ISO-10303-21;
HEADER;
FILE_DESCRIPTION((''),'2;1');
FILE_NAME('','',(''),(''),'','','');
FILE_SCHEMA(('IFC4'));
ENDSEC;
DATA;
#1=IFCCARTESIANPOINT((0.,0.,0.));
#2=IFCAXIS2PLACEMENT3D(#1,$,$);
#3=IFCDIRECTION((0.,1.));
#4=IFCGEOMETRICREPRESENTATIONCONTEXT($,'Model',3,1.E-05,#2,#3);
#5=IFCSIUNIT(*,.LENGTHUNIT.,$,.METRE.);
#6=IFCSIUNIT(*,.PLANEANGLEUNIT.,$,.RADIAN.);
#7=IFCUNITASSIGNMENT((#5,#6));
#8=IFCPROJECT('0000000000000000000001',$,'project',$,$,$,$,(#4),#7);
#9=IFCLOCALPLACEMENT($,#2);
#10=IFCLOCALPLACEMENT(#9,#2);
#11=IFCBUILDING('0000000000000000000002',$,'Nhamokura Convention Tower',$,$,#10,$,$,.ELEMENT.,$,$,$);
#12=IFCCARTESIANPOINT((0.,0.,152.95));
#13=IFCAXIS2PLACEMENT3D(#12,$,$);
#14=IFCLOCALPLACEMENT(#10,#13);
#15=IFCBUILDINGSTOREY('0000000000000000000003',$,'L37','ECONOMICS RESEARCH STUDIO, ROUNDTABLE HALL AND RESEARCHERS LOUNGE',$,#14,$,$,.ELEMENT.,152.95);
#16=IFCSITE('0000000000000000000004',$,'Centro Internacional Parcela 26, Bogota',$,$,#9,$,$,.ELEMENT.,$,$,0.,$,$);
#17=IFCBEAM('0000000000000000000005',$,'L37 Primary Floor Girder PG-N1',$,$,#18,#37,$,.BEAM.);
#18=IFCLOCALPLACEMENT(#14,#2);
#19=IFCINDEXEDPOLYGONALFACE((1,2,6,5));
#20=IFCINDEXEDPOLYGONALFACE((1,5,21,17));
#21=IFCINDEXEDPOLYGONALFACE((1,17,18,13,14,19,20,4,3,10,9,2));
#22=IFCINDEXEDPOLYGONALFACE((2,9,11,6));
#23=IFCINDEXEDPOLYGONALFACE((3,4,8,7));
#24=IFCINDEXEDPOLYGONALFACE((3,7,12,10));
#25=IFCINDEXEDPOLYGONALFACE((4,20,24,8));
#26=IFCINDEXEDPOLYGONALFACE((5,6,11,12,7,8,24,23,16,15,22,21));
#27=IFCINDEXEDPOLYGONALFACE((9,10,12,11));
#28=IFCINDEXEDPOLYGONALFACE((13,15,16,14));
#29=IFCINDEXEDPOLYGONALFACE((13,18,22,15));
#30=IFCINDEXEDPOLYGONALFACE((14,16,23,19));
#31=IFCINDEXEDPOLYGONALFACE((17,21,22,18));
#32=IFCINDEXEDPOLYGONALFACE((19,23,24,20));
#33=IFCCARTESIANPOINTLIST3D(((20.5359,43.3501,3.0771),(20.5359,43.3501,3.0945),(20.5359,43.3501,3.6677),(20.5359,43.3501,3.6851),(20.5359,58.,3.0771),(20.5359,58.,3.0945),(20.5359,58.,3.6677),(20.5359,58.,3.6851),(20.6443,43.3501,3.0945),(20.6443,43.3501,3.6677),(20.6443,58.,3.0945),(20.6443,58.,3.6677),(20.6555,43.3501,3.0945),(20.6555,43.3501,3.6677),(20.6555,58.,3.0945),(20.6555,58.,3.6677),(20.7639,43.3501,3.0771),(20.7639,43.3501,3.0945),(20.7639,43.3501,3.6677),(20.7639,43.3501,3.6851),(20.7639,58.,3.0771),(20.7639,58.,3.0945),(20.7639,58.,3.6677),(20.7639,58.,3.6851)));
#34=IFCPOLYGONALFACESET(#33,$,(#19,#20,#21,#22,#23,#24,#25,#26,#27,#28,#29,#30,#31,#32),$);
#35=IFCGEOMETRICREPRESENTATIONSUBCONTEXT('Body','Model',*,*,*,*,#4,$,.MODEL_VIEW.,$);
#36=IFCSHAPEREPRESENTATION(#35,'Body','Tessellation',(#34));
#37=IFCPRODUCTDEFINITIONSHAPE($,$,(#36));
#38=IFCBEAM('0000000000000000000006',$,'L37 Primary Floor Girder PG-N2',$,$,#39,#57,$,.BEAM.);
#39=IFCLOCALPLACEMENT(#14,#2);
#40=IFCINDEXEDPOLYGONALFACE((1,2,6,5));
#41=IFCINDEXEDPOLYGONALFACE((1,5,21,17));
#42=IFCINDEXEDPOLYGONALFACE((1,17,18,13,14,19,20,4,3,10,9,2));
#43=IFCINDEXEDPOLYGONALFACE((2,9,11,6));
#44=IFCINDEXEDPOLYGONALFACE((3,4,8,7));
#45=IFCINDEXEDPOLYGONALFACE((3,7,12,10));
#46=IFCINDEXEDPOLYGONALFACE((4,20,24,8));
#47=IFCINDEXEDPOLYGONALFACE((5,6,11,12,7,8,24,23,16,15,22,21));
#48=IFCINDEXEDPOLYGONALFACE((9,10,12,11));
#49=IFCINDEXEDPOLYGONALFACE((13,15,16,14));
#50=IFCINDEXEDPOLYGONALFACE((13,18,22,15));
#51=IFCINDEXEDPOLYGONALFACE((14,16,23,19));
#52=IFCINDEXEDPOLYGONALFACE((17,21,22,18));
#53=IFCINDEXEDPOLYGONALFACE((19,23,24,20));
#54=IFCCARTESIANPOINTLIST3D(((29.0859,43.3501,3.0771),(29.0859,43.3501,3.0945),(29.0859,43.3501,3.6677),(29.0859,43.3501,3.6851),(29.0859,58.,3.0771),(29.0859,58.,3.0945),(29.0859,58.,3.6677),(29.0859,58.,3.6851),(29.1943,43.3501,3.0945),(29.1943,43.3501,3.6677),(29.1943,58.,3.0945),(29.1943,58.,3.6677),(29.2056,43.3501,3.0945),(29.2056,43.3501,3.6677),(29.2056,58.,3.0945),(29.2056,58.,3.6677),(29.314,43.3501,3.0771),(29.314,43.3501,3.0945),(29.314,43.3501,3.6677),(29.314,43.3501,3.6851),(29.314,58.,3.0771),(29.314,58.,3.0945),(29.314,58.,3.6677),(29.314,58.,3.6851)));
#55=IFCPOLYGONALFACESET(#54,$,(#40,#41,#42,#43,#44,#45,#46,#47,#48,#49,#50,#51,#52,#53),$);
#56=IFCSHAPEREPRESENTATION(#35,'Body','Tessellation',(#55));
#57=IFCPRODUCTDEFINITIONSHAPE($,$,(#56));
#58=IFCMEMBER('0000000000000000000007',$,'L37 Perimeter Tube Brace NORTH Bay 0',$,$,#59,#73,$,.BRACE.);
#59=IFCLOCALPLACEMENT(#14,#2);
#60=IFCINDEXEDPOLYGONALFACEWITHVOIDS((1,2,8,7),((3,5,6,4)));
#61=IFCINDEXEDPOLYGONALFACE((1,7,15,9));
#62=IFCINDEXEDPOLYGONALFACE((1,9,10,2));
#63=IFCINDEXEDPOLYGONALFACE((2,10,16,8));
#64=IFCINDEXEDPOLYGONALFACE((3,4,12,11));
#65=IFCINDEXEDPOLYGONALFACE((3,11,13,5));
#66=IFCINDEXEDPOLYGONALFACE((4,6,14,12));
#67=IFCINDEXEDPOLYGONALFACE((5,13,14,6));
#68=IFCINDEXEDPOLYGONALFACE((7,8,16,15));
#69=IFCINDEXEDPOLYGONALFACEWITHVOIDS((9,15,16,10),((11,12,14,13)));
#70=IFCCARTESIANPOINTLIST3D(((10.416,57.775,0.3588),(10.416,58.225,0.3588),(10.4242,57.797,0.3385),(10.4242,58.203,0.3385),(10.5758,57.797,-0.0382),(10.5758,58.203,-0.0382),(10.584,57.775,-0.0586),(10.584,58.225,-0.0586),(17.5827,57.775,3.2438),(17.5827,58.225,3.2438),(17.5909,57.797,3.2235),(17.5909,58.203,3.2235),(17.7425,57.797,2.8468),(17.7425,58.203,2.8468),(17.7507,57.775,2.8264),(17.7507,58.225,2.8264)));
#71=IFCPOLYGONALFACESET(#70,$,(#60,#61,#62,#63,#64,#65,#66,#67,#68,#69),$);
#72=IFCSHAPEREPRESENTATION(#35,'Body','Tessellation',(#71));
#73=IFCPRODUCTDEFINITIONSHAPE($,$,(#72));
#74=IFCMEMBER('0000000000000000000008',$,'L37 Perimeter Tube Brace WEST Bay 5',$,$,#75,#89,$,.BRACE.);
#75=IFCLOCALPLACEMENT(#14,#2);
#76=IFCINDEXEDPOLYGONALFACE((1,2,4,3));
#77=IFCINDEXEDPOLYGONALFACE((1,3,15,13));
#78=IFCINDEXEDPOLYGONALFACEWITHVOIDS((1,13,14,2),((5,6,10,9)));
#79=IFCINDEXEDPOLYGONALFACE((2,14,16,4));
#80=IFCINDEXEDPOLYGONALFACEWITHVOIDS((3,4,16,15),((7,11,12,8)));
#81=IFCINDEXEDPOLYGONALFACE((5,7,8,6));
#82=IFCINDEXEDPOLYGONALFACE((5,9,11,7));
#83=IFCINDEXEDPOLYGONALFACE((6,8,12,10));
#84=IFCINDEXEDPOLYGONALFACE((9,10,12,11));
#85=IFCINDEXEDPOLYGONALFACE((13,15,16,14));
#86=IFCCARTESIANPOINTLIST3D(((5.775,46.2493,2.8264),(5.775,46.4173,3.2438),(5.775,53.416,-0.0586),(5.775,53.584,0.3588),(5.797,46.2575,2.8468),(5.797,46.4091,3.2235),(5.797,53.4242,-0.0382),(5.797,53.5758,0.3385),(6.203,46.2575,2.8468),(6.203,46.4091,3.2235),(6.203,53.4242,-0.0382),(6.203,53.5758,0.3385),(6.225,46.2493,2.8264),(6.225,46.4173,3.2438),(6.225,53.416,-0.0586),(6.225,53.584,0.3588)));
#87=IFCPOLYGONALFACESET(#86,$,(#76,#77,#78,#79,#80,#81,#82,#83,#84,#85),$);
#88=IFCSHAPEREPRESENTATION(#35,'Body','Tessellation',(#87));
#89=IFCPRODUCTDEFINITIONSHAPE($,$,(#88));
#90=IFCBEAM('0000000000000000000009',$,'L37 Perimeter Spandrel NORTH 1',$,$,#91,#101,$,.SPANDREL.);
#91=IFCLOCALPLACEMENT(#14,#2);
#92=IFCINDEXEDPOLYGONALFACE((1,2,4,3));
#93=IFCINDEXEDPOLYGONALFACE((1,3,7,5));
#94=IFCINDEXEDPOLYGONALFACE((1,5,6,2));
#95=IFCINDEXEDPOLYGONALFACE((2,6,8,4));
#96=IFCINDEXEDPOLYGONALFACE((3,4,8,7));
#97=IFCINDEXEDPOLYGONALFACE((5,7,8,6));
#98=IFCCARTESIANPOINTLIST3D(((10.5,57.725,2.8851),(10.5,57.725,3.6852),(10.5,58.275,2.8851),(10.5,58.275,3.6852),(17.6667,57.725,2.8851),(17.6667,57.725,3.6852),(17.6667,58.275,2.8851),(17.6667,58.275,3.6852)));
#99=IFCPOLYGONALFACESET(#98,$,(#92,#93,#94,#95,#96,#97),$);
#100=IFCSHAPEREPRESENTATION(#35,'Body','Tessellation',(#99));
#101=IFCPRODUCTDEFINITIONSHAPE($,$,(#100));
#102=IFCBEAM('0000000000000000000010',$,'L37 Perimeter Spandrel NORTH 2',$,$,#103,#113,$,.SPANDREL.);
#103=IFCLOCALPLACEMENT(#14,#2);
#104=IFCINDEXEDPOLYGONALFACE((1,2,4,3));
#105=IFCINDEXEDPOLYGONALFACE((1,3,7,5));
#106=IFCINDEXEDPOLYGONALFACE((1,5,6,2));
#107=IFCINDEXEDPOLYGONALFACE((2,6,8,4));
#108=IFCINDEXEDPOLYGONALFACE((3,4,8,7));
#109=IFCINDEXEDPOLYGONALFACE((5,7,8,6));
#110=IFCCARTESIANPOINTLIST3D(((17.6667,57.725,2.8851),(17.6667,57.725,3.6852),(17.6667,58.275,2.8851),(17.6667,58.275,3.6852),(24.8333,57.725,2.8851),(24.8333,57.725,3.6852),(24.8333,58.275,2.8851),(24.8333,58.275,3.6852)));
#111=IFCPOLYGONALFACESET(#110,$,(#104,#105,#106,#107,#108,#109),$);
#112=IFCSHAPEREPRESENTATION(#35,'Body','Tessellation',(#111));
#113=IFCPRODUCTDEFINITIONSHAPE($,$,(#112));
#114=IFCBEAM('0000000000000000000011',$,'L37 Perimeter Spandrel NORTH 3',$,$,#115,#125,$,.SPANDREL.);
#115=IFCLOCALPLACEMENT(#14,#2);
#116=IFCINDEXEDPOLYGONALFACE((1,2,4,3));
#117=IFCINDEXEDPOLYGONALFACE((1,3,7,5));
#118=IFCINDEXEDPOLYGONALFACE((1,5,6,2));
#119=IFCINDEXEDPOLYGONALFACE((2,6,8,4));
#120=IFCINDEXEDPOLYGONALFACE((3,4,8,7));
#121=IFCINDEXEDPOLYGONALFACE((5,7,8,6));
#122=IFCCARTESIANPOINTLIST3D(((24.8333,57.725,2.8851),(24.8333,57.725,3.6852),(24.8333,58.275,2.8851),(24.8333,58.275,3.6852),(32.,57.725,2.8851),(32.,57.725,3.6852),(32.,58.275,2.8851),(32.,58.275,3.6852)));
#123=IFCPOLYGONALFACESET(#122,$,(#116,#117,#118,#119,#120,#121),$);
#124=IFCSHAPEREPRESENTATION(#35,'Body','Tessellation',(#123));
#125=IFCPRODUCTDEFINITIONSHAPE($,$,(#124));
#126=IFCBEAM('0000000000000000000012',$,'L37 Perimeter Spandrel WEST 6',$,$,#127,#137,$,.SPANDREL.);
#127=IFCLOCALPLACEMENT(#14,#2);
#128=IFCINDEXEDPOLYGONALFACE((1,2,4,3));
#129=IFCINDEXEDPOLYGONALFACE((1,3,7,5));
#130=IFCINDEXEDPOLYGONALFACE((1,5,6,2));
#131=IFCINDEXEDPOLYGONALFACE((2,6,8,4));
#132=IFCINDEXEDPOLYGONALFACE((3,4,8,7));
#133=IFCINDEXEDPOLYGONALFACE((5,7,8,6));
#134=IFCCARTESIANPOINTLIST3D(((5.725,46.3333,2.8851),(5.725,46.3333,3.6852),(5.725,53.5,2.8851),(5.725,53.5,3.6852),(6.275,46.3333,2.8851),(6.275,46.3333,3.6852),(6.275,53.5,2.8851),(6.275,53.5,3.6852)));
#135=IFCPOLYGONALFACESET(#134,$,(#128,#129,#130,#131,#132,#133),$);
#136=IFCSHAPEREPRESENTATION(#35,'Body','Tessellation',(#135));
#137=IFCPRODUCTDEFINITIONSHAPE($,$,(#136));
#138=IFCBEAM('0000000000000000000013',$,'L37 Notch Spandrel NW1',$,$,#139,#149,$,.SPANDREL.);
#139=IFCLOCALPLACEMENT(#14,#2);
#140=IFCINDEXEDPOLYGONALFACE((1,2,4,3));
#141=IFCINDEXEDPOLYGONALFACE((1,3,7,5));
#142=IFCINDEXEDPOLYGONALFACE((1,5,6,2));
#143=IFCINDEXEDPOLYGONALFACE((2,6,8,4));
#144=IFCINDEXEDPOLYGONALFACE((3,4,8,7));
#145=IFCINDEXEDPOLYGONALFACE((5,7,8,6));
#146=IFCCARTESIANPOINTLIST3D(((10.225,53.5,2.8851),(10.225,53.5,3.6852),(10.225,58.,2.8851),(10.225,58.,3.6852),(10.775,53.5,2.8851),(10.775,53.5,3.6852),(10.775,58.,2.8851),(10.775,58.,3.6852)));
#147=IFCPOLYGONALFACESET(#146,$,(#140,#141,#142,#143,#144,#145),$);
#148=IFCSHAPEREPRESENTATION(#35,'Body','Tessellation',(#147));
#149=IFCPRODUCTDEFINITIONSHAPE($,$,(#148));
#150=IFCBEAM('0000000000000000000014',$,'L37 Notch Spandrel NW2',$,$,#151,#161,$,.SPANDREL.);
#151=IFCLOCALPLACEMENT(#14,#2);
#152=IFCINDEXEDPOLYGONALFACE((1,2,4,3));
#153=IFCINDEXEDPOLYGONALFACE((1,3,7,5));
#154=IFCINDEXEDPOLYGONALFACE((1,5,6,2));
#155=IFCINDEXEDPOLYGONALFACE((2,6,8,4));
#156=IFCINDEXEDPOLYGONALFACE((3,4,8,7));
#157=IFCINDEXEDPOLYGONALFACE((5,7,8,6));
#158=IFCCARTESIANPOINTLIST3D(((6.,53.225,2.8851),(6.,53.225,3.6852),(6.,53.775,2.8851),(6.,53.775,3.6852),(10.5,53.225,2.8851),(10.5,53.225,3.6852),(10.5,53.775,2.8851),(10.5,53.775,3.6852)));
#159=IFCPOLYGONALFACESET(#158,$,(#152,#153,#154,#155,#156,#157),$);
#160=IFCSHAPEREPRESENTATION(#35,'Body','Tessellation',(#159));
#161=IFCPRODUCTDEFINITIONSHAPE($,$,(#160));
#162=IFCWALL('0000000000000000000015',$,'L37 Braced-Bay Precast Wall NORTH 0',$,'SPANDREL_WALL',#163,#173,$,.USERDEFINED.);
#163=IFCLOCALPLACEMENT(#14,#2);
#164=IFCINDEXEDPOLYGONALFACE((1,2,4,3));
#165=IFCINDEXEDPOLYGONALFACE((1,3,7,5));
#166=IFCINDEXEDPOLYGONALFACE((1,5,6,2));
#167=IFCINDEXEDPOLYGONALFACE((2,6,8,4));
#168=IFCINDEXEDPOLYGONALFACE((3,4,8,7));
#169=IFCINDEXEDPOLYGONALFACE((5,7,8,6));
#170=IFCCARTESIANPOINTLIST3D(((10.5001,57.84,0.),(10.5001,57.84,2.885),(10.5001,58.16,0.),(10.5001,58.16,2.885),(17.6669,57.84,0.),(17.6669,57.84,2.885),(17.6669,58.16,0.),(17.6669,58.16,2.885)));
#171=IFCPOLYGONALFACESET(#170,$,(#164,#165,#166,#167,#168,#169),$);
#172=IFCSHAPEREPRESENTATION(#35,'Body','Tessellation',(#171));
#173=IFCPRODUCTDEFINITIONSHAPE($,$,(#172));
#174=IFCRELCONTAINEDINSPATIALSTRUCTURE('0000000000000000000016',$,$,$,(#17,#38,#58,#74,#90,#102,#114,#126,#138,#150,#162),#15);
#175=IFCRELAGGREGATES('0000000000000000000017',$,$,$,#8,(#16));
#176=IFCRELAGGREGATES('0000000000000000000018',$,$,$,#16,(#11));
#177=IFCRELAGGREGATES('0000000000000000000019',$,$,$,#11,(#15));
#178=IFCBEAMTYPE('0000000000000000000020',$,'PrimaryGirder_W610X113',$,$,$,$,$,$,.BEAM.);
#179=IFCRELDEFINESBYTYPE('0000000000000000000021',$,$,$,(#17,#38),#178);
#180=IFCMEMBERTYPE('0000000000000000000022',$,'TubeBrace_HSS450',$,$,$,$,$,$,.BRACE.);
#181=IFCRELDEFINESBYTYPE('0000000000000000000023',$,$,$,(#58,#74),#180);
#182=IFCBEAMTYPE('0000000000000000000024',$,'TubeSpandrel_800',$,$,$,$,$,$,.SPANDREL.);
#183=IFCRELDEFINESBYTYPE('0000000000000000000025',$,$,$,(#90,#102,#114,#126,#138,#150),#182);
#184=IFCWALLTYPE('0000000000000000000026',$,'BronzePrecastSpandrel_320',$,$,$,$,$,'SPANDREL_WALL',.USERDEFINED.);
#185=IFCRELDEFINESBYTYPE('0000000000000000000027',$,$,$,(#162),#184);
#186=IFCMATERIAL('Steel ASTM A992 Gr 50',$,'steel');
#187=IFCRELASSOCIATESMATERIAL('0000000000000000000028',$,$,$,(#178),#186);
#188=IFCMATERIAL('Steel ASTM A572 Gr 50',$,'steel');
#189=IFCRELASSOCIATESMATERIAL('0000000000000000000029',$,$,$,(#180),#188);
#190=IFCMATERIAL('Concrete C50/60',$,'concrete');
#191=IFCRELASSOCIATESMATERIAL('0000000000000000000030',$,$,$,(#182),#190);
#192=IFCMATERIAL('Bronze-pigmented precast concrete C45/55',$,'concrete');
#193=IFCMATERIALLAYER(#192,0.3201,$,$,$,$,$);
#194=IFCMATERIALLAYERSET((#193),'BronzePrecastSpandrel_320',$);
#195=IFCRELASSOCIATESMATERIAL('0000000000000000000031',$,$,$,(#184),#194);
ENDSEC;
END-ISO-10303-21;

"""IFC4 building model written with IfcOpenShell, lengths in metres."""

from ifc_helpers import new_model, si_unit, direction, frame, frame_2d, origin, origin_2d, place, context, subcontext, project, spatial, rectangle, hollow_rectangle, i_section, extrude, material, layer, layer_set, material_profile, profile_set, type_object, element, save


model = new_model("IFC4")

# Units and contexts
model_context = context("Model", 3, precision=1e-05, world=origin(), true_north=direction((0.0, 1.0)))
body_context = subcontext(model_context, "Body", "Model", "MODEL_VIEW")
ifc_project = project(units=[si_unit("LENGTHUNIT", "METRE"), si_unit("PLANEANGLEUNIT", "RADIAN")], contexts=[model_context])

# Site, building, storey
site_placement = place(None, origin())
site = spatial("IfcSite", under=ifc_project, at=site_placement, Name="Centro Internacional Parcela 26, Bogota", CompositionType="ELEMENT", RefElevation=0.0)
building_placement = place(site_placement, origin())
building = spatial("IfcBuilding", under=site, at=building_placement, Name="Nhamokura Convention Tower", CompositionType="ELEMENT")
storey_placement = place(building_placement, frame((0.0, 0.0, 152.95)))
storey = spatial("IfcBuildingStorey", under=building, at=storey_placement, Name="L37", Description="ECONOMICS RESEARCH STUDIO, ROUNDTABLE HALL AND RESEARCHERS LOUNGE", CompositionType="ELEMENT", Elevation=152.95)

# Beams
ifc_material_1 = material(Name="Steel ASTM A992 Gr 50", Category="steel")
ifc_material_profile_1 = material_profile(ifc_material_1, i_section(OverallWidth=0.228, OverallDepth=0.6079, WebThickness=0.0112, FlangeThickness=0.0173, at=origin_2d()))
ifc_profile_set_1 = profile_set([ifc_material_profile_1], Name="Steel ASTM A992 Gr 50")
beam_type_1 = type_object("IfcBeamType", Name="PrimaryGirder_W610X113", PredefinedType="BEAM", material=ifc_profile_set_1)
for number, where, z_axis, x_axis, name in (
    (1, (20.6499, 43.3501, 3.3811), (0.0, 1.0, 0.0), (-1.0, 0.0, 0.0), "L37 Primary Floor Girder PG-N1"),
    (2, (29.2, 43.3501, 3.3811), (0.0, 1.0, 0.0), (-1.0, 0.0, 0.0), "L37 Primary Floor Girder PG-N2"),
):
    element("IfcBeam", number, at=place(storey_placement, frame(where, z_axis=z_axis, x_axis=x_axis)), inside=storey, type_object=beam_type_1, Name=name, PredefinedType="BEAM", context=body_context, shape_type="SweptSolid", body=[
        extrude(i_section(OverallWidth=0.228, OverallDepth=0.6079, WebThickness=0.0112, FlangeThickness=0.0173, at=origin_2d()), origin(), (0.0, 0.0, 1.0), 14.6499),
    ])

# Members
ifc_material_2 = material(Name="Steel ASTM A572 Gr 50", Category="steel")
ifc_material_profile_2 = material_profile(ifc_material_2, hollow_rectangle(XDim=0.45, YDim=0.45, WallThickness=0.022, at=origin_2d()))
ifc_profile_set_2 = profile_set([ifc_material_profile_2], Name="Steel ASTM A572 Gr 50")
member_type_1 = type_object("IfcMemberType", Name="TubeBrace_HSS450", PredefinedType="BRACE", material=ifc_profile_set_2)
for number, where, z_axis, x_axis, name in (
    (3, (10.5, 58.0, 0.1501), (0.927657, 0.0, 0.373433), (0.0, 1.0, 0.0), "L37 Perimeter Tube Brace NORTH Bay 0"),
    (4, (6.0, 53.5, 0.1501), (0.0, -0.927657, 0.373433), (1.0, 0.0, 0.0), "L37 Perimeter Tube Brace WEST Bay 5"),
):
    element("IfcMember", number, at=place(storey_placement, frame(where, z_axis=z_axis, x_axis=x_axis)), inside=storey, type_object=member_type_1, Name=name, PredefinedType="BRACE", context=body_context, shape_type="SweptSolid", body=[
        extrude(hollow_rectangle(XDim=0.45, YDim=0.45, WallThickness=0.022, at=origin_2d()), origin(), (0.0, 0.0, 1.0), 7.7256),
    ])

# Beams
ifc_material_3 = material(Name="Concrete C50/60", Category="concrete")
ifc_material_profile_3 = material_profile(ifc_material_3, rectangle(XDim=0.55, YDim=0.8, at=origin_2d()))
ifc_profile_set_3 = profile_set([ifc_material_profile_3], Name="Concrete C50/60")
beam_type_2 = type_object("IfcBeamType", Name="TubeSpandrel_800", PredefinedType="SPANDREL", material=ifc_profile_set_3)
beam_1_placement = place(storey_placement, frame((10.5, 58.0, 3.2852), z_axis=(1.0, 0.0, 0.0), x_axis=(0.0, 1.0, 0.0)))
element("IfcBeam", 5, at=beam_1_placement, inside=storey, type_object=beam_type_2, Name="L37 Perimeter Spandrel NORTH 1", PredefinedType="SPANDREL", context=body_context, shape_type="SweptSolid", body=[
    extrude(rectangle(XDim=0.55, YDim=0.8, at=origin_2d()), origin(), (0.0, 0.0, 1.0), 7.1667),
])
beam_2_placement = place(storey_placement, frame((17.6667, 58.0, 3.2852), z_axis=(1.0, 0.0, 0.0), x_axis=(0.0, 1.0, 0.0)))
element("IfcBeam", 6, at=beam_2_placement, inside=storey, type_object=beam_type_2, Name="L37 Perimeter Spandrel NORTH 2", PredefinedType="SPANDREL", context=body_context, shape_type="SweptSolid", body=[
    extrude(rectangle(XDim=0.55, YDim=0.8, at=origin_2d()), origin(), (0.0, 0.0, 1.0), 7.1665),
])
for number, where, z_axis, x_axis, name in (
    (7, (24.8333, 58.0, 3.2852), (1.0, 0.0, 0.0), (0.0, 1.0, 0.0), "L37 Perimeter Spandrel NORTH 3"),
    (8, (6.0, 46.3333, 3.2852), (0.0, 1.0, 0.0), (-1.0, 0.0, 0.0), "L37 Perimeter Spandrel WEST 6"),
):
    element("IfcBeam", number, at=place(storey_placement, frame(where, z_axis=z_axis, x_axis=x_axis)), inside=storey, type_object=beam_type_2, Name=name, PredefinedType="SPANDREL", context=body_context, shape_type="SweptSolid", body=[
        extrude(rectangle(XDim=0.55, YDim=0.8, at=origin_2d()), origin(), (0.0, 0.0, 1.0), 7.1667),
    ])
for number, where, z_axis, x_axis, name in (
    (9, (10.5, 58.0, 3.2852), (0.0, -1.0, 0.0), (1.0, 0.0, 0.0), "L37 Notch Spandrel NW1"),
    (10, (10.5, 53.5, 3.2852), (-1.0, 0.0, 0.0), (0.0, -1.0, 0.0), "L37 Notch Spandrel NW2"),
):
    element("IfcBeam", number, at=place(storey_placement, frame(where, z_axis=z_axis, x_axis=x_axis)), inside=storey, type_object=beam_type_2, Name=name, PredefinedType="SPANDREL", context=body_context, shape_type="SweptSolid", body=[
        extrude(rectangle(XDim=0.55, YDim=0.8, at=origin_2d()), origin(), (0.0, 0.0, 1.0), 4.5),
    ])

# Wall
ifc_material_4 = material(Name="Bronze-pigmented precast concrete C45/55", Category="concrete")
ifc_layer_1 = layer(ifc_material_4, 0.3201)
ifc_layer_set_1 = layer_set([ifc_layer_1], Name="BronzePrecastSpandrel_320")
wall_type_1 = type_object("IfcWallType", Name="BronzePrecastSpandrel_320", ElementType="SPANDREL_WALL", PredefinedType="USERDEFINED", material=ifc_layer_set_1)
wall_1_placement = place(storey_placement, frame((10.5, 58.0, 0.0), z_axis=(0.0, 0.0, 1.0), x_axis=(1.0, 0.0, 0.0)))
element("IfcWall", 11, at=wall_1_placement, inside=storey, type_object=wall_type_1, Name="L37 Braced-Bay Precast Wall NORTH 0", ObjectType="SPANDREL_WALL", PredefinedType="USERDEFINED", context=body_context, shape_type="SweptSolid", body=[
    extrude(rectangle(XDim=7.1667, YDim=0.3201, at=frame_2d((3.5835, 0.0))), origin(), (0.0, 0.0, 1.0), 2.885),
])

save(model, "model.ifc")
